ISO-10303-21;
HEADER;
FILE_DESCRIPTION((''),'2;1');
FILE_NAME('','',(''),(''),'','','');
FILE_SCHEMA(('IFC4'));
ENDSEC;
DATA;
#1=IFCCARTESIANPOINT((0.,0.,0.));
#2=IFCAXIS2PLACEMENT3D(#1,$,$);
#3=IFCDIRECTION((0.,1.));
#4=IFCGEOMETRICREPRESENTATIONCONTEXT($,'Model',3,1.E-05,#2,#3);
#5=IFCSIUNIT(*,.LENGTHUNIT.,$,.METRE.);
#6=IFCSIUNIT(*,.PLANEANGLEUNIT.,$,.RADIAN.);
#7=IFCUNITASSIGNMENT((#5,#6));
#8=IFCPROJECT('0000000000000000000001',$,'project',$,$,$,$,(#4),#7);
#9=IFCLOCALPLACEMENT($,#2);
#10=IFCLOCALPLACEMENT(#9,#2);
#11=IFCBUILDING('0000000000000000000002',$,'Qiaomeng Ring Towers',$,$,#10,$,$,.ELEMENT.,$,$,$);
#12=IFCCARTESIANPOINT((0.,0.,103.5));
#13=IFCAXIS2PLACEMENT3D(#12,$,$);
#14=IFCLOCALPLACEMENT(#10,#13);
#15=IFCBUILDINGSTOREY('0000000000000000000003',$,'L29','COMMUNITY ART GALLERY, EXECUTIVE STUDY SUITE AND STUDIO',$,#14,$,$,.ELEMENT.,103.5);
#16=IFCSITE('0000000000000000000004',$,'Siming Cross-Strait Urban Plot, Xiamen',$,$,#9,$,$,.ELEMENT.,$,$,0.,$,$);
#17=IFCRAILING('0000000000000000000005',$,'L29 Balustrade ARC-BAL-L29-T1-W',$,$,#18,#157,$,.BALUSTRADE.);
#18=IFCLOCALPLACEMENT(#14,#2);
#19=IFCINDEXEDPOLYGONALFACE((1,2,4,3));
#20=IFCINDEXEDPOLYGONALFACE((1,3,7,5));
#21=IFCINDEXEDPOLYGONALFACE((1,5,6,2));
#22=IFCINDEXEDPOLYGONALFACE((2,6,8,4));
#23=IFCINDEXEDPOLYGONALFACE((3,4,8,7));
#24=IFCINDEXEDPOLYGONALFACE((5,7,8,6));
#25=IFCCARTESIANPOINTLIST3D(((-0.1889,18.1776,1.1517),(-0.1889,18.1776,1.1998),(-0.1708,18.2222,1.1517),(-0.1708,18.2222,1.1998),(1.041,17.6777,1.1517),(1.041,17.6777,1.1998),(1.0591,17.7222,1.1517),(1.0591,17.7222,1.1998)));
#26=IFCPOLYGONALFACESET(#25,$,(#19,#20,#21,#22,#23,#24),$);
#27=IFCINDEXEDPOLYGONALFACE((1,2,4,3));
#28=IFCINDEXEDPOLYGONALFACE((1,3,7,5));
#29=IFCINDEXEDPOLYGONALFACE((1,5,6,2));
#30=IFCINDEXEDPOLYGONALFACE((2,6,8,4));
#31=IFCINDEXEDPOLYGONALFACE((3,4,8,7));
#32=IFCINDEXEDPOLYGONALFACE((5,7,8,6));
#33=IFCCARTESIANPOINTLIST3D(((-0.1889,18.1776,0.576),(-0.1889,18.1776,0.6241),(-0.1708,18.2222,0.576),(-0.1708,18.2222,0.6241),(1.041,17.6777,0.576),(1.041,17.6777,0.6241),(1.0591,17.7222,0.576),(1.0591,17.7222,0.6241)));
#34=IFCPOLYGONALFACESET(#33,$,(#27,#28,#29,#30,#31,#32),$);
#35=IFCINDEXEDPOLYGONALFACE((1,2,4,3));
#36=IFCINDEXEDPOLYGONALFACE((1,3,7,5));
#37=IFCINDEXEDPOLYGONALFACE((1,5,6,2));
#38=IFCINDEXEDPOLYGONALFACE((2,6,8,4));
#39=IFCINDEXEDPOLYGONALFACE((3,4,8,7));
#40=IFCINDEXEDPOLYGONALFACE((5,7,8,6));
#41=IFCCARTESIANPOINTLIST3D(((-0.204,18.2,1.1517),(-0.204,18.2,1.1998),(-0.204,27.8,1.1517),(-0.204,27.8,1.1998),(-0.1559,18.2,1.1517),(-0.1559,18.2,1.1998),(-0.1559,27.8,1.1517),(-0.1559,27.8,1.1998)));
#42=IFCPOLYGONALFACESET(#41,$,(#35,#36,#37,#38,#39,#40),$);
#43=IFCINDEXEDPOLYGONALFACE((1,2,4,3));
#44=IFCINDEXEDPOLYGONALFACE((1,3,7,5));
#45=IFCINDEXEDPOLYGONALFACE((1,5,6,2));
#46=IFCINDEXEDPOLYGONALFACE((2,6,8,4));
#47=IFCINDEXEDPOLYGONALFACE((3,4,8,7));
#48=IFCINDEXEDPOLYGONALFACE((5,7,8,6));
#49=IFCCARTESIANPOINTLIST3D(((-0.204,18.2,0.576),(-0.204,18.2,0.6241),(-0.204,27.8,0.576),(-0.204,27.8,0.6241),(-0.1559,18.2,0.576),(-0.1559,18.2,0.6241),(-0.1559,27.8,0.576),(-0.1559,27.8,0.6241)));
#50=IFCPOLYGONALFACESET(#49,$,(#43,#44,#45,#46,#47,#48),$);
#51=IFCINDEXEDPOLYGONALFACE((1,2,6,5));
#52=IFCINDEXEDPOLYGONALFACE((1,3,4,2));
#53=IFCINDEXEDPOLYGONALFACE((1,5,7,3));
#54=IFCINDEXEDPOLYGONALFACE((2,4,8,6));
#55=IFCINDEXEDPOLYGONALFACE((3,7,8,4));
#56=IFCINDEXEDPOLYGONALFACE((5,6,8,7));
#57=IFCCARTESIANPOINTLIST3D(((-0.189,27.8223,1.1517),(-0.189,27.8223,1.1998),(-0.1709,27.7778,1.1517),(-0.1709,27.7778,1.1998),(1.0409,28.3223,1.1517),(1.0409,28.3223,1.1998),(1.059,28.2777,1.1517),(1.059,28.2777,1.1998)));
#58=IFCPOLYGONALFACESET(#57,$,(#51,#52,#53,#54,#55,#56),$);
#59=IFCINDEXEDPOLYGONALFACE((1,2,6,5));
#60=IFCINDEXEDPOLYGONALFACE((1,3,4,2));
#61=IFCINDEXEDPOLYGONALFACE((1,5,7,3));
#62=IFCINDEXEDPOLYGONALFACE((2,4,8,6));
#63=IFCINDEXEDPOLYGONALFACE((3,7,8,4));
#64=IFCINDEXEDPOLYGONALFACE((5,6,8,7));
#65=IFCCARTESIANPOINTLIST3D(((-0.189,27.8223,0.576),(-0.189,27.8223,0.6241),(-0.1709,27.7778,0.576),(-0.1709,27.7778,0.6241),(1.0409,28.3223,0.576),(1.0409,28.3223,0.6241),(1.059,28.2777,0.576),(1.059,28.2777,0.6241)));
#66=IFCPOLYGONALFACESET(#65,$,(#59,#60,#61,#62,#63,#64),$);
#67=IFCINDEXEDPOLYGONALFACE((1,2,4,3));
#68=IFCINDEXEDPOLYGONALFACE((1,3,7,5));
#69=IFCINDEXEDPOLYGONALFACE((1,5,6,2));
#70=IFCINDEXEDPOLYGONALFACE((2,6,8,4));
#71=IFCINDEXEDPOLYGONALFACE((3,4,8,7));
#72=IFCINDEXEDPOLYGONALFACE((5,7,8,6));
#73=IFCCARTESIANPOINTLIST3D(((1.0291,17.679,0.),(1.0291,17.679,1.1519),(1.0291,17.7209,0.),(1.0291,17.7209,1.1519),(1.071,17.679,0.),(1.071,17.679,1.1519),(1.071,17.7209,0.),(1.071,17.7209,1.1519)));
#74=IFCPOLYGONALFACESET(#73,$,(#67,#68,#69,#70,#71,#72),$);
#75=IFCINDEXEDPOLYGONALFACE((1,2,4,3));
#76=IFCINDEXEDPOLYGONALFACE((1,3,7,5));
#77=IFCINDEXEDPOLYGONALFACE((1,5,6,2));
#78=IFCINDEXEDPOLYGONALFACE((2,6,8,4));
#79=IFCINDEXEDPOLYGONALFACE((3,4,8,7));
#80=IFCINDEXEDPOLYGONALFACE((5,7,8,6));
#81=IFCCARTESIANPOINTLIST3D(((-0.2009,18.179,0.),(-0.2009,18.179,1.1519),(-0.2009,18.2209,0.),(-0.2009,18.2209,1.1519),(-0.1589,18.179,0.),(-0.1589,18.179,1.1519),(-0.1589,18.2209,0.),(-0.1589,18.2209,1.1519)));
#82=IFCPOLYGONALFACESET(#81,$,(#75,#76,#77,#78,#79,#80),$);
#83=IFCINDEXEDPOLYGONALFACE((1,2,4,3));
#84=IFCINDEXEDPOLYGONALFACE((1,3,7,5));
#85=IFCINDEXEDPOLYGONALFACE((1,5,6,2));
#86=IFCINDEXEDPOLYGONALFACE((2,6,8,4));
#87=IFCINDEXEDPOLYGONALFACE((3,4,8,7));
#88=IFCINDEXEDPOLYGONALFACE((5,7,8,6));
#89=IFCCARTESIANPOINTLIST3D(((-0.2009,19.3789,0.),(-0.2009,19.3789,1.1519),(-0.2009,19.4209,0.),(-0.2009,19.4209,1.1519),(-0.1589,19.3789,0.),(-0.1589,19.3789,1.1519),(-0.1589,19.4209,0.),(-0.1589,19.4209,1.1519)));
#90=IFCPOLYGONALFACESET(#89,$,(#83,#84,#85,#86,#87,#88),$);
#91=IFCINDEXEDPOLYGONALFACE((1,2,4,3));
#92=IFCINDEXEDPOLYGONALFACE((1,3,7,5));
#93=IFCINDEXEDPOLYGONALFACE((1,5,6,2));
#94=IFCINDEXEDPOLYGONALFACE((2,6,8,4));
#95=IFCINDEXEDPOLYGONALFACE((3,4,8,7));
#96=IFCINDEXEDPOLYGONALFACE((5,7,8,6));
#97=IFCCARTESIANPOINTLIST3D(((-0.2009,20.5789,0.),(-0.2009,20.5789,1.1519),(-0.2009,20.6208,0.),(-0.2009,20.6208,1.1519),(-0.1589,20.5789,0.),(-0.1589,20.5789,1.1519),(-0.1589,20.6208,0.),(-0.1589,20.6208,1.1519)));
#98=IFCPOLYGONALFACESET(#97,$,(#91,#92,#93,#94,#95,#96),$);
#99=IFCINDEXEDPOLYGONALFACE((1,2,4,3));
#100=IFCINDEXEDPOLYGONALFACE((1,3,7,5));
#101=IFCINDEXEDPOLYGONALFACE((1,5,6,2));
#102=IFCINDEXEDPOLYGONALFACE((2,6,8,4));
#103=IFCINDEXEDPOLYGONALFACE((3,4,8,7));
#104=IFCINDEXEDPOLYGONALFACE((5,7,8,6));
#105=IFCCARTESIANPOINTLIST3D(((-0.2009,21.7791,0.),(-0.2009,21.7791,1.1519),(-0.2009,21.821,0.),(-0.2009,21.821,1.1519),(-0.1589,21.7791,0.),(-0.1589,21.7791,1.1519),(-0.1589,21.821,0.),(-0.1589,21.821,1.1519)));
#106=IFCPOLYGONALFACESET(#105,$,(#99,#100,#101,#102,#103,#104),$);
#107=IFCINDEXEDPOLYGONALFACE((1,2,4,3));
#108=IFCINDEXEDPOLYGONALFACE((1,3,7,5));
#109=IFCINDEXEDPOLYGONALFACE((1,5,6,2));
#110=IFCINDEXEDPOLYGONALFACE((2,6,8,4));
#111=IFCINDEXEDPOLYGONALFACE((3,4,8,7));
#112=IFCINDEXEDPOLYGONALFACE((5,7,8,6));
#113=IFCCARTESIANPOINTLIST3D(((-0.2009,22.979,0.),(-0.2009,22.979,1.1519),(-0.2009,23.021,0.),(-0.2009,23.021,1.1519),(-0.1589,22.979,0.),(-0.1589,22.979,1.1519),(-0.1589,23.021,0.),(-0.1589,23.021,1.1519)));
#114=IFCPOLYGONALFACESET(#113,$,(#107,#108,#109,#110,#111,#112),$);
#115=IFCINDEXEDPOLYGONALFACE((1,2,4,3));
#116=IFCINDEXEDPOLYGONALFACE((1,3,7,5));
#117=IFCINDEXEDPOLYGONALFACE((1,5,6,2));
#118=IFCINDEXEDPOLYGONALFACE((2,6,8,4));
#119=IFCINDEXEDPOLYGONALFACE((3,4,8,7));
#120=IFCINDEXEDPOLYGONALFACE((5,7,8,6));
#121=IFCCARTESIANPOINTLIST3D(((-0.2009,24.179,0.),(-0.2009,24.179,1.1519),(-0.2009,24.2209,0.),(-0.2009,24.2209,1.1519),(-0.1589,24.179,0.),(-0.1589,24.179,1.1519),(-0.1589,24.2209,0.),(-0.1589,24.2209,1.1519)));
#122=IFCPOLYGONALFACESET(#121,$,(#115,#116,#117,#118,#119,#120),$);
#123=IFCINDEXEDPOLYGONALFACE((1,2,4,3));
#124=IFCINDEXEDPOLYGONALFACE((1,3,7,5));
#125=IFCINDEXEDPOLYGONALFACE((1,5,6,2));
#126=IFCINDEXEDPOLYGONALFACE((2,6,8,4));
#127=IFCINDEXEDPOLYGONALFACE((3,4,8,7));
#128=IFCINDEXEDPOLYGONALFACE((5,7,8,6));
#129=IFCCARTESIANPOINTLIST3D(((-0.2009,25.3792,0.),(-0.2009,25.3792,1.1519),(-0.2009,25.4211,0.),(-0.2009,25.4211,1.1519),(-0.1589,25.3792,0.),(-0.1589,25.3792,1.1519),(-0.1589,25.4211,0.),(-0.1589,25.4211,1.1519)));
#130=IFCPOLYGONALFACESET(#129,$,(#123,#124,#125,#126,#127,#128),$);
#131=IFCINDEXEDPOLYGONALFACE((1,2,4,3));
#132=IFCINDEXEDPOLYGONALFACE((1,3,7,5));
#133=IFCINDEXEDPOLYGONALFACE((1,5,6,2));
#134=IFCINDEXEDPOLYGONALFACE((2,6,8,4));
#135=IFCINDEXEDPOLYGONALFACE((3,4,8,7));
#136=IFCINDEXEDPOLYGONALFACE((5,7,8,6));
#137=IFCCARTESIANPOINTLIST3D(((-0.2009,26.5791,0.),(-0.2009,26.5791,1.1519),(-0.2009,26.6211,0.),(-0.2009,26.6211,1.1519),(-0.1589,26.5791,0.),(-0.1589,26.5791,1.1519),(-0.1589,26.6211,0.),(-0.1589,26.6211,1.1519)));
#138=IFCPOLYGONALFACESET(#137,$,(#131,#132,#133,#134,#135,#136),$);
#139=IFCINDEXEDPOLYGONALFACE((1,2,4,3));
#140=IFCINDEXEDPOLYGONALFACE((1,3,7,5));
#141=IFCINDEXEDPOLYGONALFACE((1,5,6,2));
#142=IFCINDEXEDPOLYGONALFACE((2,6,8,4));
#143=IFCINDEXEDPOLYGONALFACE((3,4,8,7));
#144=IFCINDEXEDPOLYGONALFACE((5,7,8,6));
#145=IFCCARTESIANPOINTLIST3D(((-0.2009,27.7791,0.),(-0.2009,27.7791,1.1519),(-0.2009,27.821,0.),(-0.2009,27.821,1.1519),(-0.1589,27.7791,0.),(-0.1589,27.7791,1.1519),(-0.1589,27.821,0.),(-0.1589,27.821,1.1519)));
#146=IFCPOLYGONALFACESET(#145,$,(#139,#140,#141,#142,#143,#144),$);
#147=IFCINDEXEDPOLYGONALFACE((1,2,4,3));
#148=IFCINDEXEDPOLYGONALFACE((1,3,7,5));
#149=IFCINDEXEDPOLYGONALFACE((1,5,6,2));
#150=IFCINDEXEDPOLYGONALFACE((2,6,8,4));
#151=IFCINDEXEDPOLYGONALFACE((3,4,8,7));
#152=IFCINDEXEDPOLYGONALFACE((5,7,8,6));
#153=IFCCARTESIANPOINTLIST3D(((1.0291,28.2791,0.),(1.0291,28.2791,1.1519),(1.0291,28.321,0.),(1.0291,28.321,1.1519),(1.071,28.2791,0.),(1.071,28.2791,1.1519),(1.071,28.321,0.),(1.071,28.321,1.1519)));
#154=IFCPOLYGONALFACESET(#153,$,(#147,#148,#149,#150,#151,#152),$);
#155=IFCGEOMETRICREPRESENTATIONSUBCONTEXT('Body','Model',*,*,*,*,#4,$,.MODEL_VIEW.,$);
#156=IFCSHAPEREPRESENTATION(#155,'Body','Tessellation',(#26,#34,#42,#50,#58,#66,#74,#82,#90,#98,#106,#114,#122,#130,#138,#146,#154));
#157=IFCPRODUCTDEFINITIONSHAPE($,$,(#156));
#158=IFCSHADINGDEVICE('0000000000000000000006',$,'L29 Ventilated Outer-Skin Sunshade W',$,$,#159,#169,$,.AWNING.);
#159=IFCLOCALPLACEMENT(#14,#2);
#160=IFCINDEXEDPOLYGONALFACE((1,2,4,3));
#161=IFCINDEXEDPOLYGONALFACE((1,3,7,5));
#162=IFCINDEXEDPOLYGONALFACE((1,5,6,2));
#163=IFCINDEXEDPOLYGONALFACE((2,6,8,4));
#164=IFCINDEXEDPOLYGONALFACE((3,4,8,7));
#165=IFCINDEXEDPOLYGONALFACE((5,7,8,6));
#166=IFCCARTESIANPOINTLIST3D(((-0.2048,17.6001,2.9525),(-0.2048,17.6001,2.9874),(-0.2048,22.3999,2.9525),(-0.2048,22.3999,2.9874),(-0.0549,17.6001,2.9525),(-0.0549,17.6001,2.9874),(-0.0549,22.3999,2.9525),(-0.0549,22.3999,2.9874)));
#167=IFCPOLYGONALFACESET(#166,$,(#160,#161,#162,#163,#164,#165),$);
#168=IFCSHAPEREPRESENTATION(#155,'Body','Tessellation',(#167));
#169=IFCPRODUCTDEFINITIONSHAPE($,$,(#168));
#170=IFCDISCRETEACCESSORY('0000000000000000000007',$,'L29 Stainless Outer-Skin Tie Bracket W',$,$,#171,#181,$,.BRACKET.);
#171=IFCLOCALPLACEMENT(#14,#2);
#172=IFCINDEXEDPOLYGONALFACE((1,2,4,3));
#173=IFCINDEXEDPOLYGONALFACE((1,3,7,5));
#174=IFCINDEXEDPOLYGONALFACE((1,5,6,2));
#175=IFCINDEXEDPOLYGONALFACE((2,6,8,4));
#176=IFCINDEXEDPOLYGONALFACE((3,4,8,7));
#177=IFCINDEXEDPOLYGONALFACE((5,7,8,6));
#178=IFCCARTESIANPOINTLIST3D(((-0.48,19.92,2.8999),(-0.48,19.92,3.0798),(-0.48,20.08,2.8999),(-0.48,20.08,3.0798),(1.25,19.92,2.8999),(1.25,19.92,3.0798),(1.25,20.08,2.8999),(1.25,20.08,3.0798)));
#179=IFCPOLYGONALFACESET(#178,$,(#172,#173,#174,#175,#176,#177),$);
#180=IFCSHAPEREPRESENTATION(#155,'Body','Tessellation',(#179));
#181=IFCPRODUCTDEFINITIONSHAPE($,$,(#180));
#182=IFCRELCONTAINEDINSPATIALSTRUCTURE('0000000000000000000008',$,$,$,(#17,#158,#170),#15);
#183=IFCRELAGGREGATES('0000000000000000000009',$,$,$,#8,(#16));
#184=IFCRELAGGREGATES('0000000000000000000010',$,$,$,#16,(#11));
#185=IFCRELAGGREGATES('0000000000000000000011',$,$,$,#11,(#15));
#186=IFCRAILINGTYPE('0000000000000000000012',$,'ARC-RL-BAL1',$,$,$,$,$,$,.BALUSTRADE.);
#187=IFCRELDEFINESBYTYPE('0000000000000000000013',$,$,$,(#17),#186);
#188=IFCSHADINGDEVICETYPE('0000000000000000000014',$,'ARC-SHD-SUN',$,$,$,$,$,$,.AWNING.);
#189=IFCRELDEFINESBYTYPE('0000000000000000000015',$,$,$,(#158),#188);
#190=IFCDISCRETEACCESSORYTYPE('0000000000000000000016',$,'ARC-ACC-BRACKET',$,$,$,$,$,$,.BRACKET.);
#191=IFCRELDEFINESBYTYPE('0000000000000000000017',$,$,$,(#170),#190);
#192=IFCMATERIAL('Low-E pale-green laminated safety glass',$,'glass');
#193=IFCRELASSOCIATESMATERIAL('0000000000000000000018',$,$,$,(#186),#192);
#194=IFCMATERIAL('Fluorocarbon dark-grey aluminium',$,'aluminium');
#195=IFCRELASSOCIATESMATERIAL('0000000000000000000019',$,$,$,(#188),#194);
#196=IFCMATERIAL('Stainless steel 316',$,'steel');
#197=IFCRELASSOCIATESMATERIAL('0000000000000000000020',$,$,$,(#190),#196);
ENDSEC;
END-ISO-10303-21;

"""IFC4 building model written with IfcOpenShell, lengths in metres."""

from ifc_helpers import new_model, si_unit, direction, frame, origin, origin_2d, place, context, subcontext, project, spatial, rectangle, extrude, source, transform, mapped, material, material_profile, profile_set, type_object, element, save


model = new_model("IFC4")

# Units and contexts
model_context = context("Model", 3, precision=1e-05, world=origin(), true_north=direction((0.0, 1.0)))
body_context = subcontext(model_context, "Body", "Model", "MODEL_VIEW")
ifc_project = project(units=[si_unit("LENGTHUNIT", "METRE"), si_unit("PLANEANGLEUNIT", "RADIAN")], contexts=[model_context])

# Site, building, storey
site_placement = place(None, origin())
site = spatial("IfcSite", under=ifc_project, at=site_placement, Name="Siming Cross-Strait Urban Plot, Xiamen", CompositionType="ELEMENT", RefElevation=0.0)
building_placement = place(site_placement, origin())
building = spatial("IfcBuilding", under=site, at=building_placement, Name="Qiaomeng Ring Towers", CompositionType="ELEMENT")
storey_placement = place(building_placement, frame((0.0, 0.0, 103.5)))
storey = spatial("IfcBuildingStorey", under=building, at=storey_placement, Name="L29", Description="COMMUNITY ART GALLERY, EXECUTIVE STUDY SUITE AND STUDIO", CompositionType="ELEMENT", Elevation=103.5)

# Shared definitions
ifc_material_1 = material(Name="Stainless steel 316", Category="steel")

# Railing
ifc_material_2 = material(Name="Low-E pale-green laminated safety glass", Category="glass")
railing_type = type_object("IfcRailingType", Name="ARC-RL-BAL1", PredefinedType="BALUSTRADE", material=ifc_material_2)
railing_1_placement = place(storey_placement, frame((1.05, 17.7, 0.0)))
element("IfcRailing", 1, at=railing_1_placement, inside=storey, type_object=railing_type, Name="L29 Balustrade ARC-BAL-L29-T1-W", PredefinedType="BALUSTRADE", context=body_context, shape_type="SweptSolid", body=[
    extrude(rectangle(XDim=0.0481, YDim=0.0481, at=origin_2d()), frame((0.0, 0.0, 1.1758), z_axis=(-0.926382, 0.376584, 0.0), x_axis=(-0.376584, -0.926382, 0.0)), (0.0, 0.0, 1.0), 1.3276),
    extrude(rectangle(XDim=0.0481, YDim=0.0481, at=origin_2d()), frame((0.0, 0.0, 0.6001), z_axis=(-0.926382, 0.376584, 0.0), x_axis=(-0.376584, -0.926382, 0.0)), (0.0, 0.0, 1.0), 1.3276),
    extrude(rectangle(XDim=0.0481, YDim=0.0481, at=origin_2d()), frame((-1.23, 0.5, 1.1758), z_axis=(0.0, 1.0, 0.0), x_axis=(-1.0, 0.0, 0.0)), (0.0, 0.0, 1.0), 9.6001),
    extrude(rectangle(XDim=0.0481, YDim=0.0481, at=origin_2d()), frame((-1.23, 0.5, 0.6001), z_axis=(0.0, 1.0, 0.0), x_axis=(-1.0, 0.0, 0.0)), (0.0, 0.0, 1.0), 9.6001),
    extrude(rectangle(XDim=0.0481, YDim=0.0481, at=origin_2d()), frame((-1.23, 10.1001, 1.1758), z_axis=(0.926382, 0.376584, 0.0), x_axis=(-0.376584, 0.926382, 0.0)), (0.0, 0.0, 1.0), 1.3276),
    extrude(rectangle(XDim=0.0481, YDim=0.0481, at=origin_2d()), frame((-1.23, 10.1001, 0.6001), z_axis=(0.926382, 0.376584, 0.0), x_axis=(-0.376584, 0.926382, 0.0)), (0.0, 0.0, 1.0), 1.3276),
    extrude(rectangle(XDim=0.042, YDim=0.042, at=origin_2d()), origin(), (0.0, 0.0, 1.0), 1.1519),
    extrude(rectangle(XDim=0.042, YDim=0.042, at=origin_2d()), frame((-1.23, 0.5, 0.0)), (0.0, 0.0, 1.0), 1.1519),
    extrude(rectangle(XDim=0.042, YDim=0.042, at=origin_2d()), frame((-1.23, 1.7, 0.0)), (0.0, 0.0, 1.0), 1.1519),
    extrude(rectangle(XDim=0.042, YDim=0.042, at=origin_2d()), frame((-1.23, 2.8999, 0.0)), (0.0, 0.0, 1.0), 1.1519),
    extrude(rectangle(XDim=0.042, YDim=0.042, at=origin_2d()), frame((-1.23, 4.1001, 0.0)), (0.0, 0.0, 1.0), 1.1519),
    extrude(rectangle(XDim=0.042, YDim=0.042, at=origin_2d()), frame((-1.23, 5.3, 0.0)), (0.0, 0.0, 1.0), 1.1519),
    extrude(rectangle(XDim=0.042, YDim=0.042, at=origin_2d()), frame((-1.23, 6.5, 0.0)), (0.0, 0.0, 1.0), 1.1519),
    extrude(rectangle(XDim=0.042, YDim=0.042, at=origin_2d()), frame((-1.23, 7.7002, 0.0)), (0.0, 0.0, 1.0), 1.1519),
    extrude(rectangle(XDim=0.042, YDim=0.042, at=origin_2d()), frame((-1.23, 8.9001, 0.0)), (0.0, 0.0, 1.0), 1.1519),
    extrude(rectangle(XDim=0.042, YDim=0.042, at=origin_2d()), frame((-1.23, 10.1001, 0.0)), (0.0, 0.0, 1.0), 1.1519),
    extrude(rectangle(XDim=0.042, YDim=0.042, at=origin_2d()), frame((0.0, 10.6001, 0.0)), (0.0, 0.0, 1.0), 1.1519),
])

# Shading device
ifc_material_3 = material(Name="Fluorocarbon dark-grey aluminium", Category="aluminium")
ifc_material_profile_1 = material_profile(ifc_material_3, rectangle(XDim=0.1499, YDim=0.0349, at=origin_2d()), Name="LV BLADE 150x35")
ifc_profile_set_1 = profile_set([ifc_material_profile_1], Name="Fluorocarbon dark-grey aluminium")
shading_device_type = type_object("IfcShadingDeviceType", Name="ARC-SHD-SUN", PredefinedType="AWNING", material=ifc_profile_set_1)
shared_shape_1 = source(origin(), body_context, "Body", "SweptSolid", [
    extrude(rectangle(XDim=0.1499, YDim=0.0349, at=origin_2d()), origin(), (0.0, 0.0, 1.0), 4.7998),
])
shading_device_placement = place(storey_placement, frame((-0.1299, 17.6001, 2.97), z_axis=(0.0, 1.0, 0.0), x_axis=(-1.0, 0.0, 0.0)))
element("IfcShadingDevice", 2, at=shading_device_placement, inside=storey, type_object=shading_device_type, Name="L29 Ventilated Outer-Skin Sunshade W", PredefinedType="AWNING", context=body_context, shape_type="MappedRepresentation", body=[
    mapped(shared_shape_1, transform((0.0, 0.0, 0.0), x_axis=(1.0, 0.0, 0.0), y_axis=(0.0, 1.0, 0.0), z_axis=(0.0, 0.0, 1.0), scale=1.0)),
])

# Discrete accessory
discrete_accessory_type = type_object("IfcDiscreteAccessoryType", Name="ARC-ACC-BRACKET", PredefinedType="BRACKET", material=ifc_material_1)
shared_shape_2 = source(origin(), body_context, "Body", "SweptSolid", [
    extrude(rectangle(XDim=1.73, YDim=0.1599, at=origin_2d()), origin(), (0.0, 0.0, 1.0), 0.1799),
])
discrete_accessory_placement = place(storey_placement, frame((0.385, 20.0, 2.8999), z_axis=(0.0, 0.0, 1.0), x_axis=(1.0, 0.0, 0.0)))
element("IfcDiscreteAccessory", 3, at=discrete_accessory_placement, inside=storey, type_object=discrete_accessory_type, Name="L29 Stainless Outer-Skin Tie Bracket W", PredefinedType="BRACKET", context=body_context, shape_type="MappedRepresentation", body=[
    mapped(shared_shape_2, transform((0.0, 0.0, 0.0), x_axis=(1.0, 0.0, 0.0), y_axis=(0.0, 1.0, 0.0), z_axis=(0.0, 0.0, 1.0), scale=1.0)),
])

save(model, "model.ifc")
